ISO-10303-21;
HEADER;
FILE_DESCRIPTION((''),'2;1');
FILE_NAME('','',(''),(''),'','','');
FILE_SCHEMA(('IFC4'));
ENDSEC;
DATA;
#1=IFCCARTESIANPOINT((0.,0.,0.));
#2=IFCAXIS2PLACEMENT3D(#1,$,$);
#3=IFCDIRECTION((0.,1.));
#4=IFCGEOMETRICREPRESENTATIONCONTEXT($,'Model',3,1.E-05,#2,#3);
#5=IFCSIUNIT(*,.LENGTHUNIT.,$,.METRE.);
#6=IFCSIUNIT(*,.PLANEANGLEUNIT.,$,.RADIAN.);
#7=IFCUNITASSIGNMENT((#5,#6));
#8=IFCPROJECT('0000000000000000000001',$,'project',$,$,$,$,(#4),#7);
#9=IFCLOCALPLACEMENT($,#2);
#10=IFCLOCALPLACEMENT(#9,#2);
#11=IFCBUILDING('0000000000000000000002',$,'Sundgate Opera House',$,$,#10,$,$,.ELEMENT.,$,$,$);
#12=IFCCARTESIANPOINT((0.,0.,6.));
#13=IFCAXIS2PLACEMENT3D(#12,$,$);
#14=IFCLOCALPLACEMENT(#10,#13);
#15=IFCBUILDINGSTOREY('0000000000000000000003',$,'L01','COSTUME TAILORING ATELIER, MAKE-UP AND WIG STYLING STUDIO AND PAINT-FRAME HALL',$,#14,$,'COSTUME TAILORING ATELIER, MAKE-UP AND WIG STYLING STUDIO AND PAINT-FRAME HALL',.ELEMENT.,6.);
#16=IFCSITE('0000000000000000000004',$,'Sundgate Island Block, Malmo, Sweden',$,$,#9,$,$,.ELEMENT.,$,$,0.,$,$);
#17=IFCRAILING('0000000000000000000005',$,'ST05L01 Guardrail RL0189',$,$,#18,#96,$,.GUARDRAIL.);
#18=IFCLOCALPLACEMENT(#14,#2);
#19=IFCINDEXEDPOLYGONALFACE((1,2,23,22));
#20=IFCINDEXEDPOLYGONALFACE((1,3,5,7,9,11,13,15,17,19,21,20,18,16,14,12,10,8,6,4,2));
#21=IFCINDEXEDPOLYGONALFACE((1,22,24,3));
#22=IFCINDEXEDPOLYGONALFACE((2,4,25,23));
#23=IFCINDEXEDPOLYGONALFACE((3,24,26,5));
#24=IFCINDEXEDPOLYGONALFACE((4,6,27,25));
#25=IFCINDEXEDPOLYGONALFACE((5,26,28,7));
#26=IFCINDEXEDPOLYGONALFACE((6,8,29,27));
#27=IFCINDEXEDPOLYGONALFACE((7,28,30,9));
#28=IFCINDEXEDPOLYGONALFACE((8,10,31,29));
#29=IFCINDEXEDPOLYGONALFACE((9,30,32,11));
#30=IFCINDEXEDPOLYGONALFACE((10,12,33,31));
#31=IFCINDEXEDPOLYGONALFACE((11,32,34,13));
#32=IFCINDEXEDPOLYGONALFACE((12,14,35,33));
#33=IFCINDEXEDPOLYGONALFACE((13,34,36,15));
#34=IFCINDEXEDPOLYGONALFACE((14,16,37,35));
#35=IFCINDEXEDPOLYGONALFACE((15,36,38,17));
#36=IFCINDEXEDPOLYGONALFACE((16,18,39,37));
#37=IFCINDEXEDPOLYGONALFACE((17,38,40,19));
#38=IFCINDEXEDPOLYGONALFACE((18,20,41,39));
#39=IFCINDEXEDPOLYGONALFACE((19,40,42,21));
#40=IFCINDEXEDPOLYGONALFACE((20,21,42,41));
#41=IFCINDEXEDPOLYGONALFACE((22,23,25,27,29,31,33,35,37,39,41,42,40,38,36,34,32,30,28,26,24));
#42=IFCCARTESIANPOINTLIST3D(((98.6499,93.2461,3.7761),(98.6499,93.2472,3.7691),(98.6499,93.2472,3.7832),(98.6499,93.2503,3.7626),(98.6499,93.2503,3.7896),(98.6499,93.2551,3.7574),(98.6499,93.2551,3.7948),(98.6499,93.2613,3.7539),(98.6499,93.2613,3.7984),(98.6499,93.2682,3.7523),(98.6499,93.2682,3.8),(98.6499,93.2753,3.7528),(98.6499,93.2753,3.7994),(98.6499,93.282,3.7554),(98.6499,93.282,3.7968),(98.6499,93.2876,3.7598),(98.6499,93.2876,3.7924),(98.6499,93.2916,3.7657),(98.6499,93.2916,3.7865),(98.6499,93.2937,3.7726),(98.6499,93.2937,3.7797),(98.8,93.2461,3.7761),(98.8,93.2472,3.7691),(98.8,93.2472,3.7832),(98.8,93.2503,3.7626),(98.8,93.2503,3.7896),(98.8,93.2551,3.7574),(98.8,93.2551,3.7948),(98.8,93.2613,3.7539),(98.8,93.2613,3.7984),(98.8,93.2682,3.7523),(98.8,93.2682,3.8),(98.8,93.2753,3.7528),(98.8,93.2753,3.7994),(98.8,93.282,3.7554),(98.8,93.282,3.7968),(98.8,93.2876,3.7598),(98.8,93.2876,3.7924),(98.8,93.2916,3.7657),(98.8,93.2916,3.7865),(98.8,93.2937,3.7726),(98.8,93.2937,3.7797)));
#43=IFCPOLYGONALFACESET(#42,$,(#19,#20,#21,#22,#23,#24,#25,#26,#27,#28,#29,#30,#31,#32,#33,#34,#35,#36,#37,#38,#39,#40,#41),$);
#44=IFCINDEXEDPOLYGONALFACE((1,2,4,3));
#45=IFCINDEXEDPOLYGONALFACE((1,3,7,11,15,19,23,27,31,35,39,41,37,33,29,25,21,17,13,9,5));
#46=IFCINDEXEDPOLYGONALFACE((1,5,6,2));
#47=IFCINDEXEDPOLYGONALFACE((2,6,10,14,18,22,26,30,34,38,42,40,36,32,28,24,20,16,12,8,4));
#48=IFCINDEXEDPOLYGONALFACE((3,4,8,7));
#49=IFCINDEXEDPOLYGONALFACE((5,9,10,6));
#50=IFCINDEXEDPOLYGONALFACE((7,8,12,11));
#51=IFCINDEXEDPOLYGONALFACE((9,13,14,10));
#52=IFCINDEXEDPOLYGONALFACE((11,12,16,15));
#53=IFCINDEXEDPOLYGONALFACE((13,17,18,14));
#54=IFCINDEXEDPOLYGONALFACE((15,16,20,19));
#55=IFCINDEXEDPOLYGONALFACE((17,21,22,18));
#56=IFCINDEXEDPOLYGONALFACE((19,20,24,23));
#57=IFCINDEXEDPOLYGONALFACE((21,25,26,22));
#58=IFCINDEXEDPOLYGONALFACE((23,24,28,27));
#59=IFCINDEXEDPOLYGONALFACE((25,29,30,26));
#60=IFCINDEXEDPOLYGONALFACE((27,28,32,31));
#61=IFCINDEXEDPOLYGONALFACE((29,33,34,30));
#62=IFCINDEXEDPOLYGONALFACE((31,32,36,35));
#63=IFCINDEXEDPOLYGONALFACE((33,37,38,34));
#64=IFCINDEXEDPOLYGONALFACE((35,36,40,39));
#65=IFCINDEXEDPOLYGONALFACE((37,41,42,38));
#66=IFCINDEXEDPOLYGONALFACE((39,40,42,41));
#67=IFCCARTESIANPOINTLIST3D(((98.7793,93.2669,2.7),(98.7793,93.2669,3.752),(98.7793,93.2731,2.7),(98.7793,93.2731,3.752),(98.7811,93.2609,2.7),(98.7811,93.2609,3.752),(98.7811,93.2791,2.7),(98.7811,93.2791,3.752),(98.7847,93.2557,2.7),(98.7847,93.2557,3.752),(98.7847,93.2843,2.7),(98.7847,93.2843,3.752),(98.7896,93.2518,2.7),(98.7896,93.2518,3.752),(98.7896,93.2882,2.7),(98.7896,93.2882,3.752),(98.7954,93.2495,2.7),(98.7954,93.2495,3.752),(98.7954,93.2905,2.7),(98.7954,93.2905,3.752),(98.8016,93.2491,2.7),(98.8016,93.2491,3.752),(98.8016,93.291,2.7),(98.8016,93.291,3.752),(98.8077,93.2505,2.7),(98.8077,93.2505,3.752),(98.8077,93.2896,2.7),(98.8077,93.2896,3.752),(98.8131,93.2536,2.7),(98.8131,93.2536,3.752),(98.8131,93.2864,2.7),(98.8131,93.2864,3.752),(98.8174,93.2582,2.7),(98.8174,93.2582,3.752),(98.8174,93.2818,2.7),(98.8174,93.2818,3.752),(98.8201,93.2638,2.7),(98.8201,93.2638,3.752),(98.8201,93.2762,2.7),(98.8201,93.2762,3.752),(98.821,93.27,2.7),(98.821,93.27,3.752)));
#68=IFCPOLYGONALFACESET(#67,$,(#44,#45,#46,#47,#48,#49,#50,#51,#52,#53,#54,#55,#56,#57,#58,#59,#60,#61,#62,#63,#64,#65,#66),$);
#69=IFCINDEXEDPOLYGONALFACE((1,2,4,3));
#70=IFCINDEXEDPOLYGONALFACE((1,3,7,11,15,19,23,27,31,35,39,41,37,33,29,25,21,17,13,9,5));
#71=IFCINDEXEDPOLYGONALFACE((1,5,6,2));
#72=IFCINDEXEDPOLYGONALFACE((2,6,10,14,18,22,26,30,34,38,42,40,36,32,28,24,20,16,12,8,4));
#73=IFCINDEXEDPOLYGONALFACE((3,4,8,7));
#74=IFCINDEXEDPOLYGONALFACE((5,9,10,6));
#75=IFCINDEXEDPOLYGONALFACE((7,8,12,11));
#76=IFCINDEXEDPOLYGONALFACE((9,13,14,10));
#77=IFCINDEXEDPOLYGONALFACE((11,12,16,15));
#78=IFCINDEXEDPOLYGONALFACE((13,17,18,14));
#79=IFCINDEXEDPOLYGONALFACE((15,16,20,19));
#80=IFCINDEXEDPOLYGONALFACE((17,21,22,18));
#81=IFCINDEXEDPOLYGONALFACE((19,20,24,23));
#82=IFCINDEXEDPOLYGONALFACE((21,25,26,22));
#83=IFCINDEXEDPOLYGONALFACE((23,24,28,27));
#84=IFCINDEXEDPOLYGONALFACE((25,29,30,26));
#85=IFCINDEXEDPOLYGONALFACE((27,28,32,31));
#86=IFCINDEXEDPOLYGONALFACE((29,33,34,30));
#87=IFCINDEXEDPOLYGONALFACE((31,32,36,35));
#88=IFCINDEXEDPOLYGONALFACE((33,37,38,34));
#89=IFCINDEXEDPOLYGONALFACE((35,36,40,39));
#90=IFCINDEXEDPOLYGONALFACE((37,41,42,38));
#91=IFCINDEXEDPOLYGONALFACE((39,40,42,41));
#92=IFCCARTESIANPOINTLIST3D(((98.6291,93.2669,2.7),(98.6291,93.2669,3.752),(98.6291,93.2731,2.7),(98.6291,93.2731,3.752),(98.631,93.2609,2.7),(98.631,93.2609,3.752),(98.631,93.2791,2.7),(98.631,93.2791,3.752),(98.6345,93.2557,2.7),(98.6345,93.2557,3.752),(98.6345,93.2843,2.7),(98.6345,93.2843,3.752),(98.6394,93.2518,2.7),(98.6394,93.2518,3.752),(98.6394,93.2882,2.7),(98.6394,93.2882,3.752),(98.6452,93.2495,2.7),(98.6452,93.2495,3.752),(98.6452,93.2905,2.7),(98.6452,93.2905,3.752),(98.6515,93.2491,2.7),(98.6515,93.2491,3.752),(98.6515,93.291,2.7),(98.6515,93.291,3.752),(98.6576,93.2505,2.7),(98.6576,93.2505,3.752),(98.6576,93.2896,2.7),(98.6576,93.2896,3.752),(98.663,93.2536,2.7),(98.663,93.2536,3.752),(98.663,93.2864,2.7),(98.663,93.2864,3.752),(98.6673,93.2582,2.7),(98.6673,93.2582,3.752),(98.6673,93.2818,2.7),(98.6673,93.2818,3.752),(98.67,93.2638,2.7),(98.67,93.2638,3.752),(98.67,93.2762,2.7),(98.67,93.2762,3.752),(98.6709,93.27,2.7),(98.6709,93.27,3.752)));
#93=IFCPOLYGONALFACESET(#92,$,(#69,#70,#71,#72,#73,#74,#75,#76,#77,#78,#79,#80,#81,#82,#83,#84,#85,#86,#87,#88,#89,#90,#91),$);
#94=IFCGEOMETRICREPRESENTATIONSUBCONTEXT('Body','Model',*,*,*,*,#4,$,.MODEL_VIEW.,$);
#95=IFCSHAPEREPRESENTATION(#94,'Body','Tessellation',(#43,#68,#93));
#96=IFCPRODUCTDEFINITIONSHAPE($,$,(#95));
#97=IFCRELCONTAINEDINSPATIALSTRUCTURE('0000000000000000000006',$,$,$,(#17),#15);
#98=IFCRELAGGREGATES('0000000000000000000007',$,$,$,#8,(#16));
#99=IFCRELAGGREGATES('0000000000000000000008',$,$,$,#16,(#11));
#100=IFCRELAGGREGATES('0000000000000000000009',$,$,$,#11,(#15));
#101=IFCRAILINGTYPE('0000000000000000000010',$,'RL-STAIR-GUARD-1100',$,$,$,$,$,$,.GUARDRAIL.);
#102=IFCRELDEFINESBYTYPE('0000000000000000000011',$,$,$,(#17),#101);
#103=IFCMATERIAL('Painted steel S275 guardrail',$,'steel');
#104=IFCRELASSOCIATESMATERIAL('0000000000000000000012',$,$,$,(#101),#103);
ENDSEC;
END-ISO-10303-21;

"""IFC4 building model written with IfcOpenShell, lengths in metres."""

from ifc_helpers import new_model, si_unit, direction, frame, origin, origin_2d, place, context, subcontext, project, spatial, circle, extrude, material, type_object, element, save


model = new_model("IFC4")

# Units and contexts
model_context = context("Model", 3, precision=1e-05, world=origin(), true_north=direction((0.0, 1.0)))
body_context = subcontext(model_context, "Body", "Model", "MODEL_VIEW")
ifc_project = project(units=[si_unit("LENGTHUNIT", "METRE"), si_unit("PLANEANGLEUNIT", "RADIAN")], contexts=[model_context])

# Site, building, storey
site_placement = place(None, origin())
site = spatial("IfcSite", under=ifc_project, at=site_placement, Name="Sundgate Island Block, Malmo, Sweden", CompositionType="ELEMENT", RefElevation=0.0)
building_placement = place(site_placement, origin())
building = spatial("IfcBuilding", under=site, at=building_placement, Name="Sundgate Opera House", CompositionType="ELEMENT")
storey_placement = place(building_placement, frame((0.0, 0.0, 6.0)))
storey = spatial("IfcBuildingStorey", under=building, at=storey_placement, Name="L01", Description="COSTUME TAILORING ATELIER, MAKE-UP AND WIG STYLING STUDIO AND PAINT-FRAME HALL", LongName="COSTUME TAILORING ATELIER, MAKE-UP AND WIG STYLING STUDIO AND PAINT-FRAME HALL", CompositionType="ELEMENT", Elevation=6.0)

# Railing
ifc_material_1 = material(Name="Painted steel S275 guardrail", Category="steel")
railing_type_1 = type_object("IfcRailingType", Name="RL-STAIR-GUARD-1100", PredefinedType="GUARDRAIL", material=ifc_material_1)
railing_1_placement = place(storey_placement, frame((98.8, 93.27, 2.7)))
element("IfcRailing", 1, at=railing_1_placement, inside=storey, type_object=railing_type_1, Name="ST05L01 Guardrail RL0189", PredefinedType="GUARDRAIL", context=body_context, shape_type="SweptSolid", body=[
    extrude(circle(Radius=0.0239, at=origin_2d()), frame((0.0, 0.0, 1.0762), z_axis=(-1.0, 0.0, 0.0), x_axis=(0.0, -1.0, 0.0)), (0.0, 0.0, 1.0), 0.1501),
    extrude(circle(Radius=0.021, at=origin_2d()), origin(), (0.0, 0.0, 1.0), 1.052),
    extrude(circle(Radius=0.021, at=origin_2d()), frame((-0.1501, 0.0, 0.0)), (0.0, 0.0, 1.0), 1.052),
])

save(model, "model.ifc")
